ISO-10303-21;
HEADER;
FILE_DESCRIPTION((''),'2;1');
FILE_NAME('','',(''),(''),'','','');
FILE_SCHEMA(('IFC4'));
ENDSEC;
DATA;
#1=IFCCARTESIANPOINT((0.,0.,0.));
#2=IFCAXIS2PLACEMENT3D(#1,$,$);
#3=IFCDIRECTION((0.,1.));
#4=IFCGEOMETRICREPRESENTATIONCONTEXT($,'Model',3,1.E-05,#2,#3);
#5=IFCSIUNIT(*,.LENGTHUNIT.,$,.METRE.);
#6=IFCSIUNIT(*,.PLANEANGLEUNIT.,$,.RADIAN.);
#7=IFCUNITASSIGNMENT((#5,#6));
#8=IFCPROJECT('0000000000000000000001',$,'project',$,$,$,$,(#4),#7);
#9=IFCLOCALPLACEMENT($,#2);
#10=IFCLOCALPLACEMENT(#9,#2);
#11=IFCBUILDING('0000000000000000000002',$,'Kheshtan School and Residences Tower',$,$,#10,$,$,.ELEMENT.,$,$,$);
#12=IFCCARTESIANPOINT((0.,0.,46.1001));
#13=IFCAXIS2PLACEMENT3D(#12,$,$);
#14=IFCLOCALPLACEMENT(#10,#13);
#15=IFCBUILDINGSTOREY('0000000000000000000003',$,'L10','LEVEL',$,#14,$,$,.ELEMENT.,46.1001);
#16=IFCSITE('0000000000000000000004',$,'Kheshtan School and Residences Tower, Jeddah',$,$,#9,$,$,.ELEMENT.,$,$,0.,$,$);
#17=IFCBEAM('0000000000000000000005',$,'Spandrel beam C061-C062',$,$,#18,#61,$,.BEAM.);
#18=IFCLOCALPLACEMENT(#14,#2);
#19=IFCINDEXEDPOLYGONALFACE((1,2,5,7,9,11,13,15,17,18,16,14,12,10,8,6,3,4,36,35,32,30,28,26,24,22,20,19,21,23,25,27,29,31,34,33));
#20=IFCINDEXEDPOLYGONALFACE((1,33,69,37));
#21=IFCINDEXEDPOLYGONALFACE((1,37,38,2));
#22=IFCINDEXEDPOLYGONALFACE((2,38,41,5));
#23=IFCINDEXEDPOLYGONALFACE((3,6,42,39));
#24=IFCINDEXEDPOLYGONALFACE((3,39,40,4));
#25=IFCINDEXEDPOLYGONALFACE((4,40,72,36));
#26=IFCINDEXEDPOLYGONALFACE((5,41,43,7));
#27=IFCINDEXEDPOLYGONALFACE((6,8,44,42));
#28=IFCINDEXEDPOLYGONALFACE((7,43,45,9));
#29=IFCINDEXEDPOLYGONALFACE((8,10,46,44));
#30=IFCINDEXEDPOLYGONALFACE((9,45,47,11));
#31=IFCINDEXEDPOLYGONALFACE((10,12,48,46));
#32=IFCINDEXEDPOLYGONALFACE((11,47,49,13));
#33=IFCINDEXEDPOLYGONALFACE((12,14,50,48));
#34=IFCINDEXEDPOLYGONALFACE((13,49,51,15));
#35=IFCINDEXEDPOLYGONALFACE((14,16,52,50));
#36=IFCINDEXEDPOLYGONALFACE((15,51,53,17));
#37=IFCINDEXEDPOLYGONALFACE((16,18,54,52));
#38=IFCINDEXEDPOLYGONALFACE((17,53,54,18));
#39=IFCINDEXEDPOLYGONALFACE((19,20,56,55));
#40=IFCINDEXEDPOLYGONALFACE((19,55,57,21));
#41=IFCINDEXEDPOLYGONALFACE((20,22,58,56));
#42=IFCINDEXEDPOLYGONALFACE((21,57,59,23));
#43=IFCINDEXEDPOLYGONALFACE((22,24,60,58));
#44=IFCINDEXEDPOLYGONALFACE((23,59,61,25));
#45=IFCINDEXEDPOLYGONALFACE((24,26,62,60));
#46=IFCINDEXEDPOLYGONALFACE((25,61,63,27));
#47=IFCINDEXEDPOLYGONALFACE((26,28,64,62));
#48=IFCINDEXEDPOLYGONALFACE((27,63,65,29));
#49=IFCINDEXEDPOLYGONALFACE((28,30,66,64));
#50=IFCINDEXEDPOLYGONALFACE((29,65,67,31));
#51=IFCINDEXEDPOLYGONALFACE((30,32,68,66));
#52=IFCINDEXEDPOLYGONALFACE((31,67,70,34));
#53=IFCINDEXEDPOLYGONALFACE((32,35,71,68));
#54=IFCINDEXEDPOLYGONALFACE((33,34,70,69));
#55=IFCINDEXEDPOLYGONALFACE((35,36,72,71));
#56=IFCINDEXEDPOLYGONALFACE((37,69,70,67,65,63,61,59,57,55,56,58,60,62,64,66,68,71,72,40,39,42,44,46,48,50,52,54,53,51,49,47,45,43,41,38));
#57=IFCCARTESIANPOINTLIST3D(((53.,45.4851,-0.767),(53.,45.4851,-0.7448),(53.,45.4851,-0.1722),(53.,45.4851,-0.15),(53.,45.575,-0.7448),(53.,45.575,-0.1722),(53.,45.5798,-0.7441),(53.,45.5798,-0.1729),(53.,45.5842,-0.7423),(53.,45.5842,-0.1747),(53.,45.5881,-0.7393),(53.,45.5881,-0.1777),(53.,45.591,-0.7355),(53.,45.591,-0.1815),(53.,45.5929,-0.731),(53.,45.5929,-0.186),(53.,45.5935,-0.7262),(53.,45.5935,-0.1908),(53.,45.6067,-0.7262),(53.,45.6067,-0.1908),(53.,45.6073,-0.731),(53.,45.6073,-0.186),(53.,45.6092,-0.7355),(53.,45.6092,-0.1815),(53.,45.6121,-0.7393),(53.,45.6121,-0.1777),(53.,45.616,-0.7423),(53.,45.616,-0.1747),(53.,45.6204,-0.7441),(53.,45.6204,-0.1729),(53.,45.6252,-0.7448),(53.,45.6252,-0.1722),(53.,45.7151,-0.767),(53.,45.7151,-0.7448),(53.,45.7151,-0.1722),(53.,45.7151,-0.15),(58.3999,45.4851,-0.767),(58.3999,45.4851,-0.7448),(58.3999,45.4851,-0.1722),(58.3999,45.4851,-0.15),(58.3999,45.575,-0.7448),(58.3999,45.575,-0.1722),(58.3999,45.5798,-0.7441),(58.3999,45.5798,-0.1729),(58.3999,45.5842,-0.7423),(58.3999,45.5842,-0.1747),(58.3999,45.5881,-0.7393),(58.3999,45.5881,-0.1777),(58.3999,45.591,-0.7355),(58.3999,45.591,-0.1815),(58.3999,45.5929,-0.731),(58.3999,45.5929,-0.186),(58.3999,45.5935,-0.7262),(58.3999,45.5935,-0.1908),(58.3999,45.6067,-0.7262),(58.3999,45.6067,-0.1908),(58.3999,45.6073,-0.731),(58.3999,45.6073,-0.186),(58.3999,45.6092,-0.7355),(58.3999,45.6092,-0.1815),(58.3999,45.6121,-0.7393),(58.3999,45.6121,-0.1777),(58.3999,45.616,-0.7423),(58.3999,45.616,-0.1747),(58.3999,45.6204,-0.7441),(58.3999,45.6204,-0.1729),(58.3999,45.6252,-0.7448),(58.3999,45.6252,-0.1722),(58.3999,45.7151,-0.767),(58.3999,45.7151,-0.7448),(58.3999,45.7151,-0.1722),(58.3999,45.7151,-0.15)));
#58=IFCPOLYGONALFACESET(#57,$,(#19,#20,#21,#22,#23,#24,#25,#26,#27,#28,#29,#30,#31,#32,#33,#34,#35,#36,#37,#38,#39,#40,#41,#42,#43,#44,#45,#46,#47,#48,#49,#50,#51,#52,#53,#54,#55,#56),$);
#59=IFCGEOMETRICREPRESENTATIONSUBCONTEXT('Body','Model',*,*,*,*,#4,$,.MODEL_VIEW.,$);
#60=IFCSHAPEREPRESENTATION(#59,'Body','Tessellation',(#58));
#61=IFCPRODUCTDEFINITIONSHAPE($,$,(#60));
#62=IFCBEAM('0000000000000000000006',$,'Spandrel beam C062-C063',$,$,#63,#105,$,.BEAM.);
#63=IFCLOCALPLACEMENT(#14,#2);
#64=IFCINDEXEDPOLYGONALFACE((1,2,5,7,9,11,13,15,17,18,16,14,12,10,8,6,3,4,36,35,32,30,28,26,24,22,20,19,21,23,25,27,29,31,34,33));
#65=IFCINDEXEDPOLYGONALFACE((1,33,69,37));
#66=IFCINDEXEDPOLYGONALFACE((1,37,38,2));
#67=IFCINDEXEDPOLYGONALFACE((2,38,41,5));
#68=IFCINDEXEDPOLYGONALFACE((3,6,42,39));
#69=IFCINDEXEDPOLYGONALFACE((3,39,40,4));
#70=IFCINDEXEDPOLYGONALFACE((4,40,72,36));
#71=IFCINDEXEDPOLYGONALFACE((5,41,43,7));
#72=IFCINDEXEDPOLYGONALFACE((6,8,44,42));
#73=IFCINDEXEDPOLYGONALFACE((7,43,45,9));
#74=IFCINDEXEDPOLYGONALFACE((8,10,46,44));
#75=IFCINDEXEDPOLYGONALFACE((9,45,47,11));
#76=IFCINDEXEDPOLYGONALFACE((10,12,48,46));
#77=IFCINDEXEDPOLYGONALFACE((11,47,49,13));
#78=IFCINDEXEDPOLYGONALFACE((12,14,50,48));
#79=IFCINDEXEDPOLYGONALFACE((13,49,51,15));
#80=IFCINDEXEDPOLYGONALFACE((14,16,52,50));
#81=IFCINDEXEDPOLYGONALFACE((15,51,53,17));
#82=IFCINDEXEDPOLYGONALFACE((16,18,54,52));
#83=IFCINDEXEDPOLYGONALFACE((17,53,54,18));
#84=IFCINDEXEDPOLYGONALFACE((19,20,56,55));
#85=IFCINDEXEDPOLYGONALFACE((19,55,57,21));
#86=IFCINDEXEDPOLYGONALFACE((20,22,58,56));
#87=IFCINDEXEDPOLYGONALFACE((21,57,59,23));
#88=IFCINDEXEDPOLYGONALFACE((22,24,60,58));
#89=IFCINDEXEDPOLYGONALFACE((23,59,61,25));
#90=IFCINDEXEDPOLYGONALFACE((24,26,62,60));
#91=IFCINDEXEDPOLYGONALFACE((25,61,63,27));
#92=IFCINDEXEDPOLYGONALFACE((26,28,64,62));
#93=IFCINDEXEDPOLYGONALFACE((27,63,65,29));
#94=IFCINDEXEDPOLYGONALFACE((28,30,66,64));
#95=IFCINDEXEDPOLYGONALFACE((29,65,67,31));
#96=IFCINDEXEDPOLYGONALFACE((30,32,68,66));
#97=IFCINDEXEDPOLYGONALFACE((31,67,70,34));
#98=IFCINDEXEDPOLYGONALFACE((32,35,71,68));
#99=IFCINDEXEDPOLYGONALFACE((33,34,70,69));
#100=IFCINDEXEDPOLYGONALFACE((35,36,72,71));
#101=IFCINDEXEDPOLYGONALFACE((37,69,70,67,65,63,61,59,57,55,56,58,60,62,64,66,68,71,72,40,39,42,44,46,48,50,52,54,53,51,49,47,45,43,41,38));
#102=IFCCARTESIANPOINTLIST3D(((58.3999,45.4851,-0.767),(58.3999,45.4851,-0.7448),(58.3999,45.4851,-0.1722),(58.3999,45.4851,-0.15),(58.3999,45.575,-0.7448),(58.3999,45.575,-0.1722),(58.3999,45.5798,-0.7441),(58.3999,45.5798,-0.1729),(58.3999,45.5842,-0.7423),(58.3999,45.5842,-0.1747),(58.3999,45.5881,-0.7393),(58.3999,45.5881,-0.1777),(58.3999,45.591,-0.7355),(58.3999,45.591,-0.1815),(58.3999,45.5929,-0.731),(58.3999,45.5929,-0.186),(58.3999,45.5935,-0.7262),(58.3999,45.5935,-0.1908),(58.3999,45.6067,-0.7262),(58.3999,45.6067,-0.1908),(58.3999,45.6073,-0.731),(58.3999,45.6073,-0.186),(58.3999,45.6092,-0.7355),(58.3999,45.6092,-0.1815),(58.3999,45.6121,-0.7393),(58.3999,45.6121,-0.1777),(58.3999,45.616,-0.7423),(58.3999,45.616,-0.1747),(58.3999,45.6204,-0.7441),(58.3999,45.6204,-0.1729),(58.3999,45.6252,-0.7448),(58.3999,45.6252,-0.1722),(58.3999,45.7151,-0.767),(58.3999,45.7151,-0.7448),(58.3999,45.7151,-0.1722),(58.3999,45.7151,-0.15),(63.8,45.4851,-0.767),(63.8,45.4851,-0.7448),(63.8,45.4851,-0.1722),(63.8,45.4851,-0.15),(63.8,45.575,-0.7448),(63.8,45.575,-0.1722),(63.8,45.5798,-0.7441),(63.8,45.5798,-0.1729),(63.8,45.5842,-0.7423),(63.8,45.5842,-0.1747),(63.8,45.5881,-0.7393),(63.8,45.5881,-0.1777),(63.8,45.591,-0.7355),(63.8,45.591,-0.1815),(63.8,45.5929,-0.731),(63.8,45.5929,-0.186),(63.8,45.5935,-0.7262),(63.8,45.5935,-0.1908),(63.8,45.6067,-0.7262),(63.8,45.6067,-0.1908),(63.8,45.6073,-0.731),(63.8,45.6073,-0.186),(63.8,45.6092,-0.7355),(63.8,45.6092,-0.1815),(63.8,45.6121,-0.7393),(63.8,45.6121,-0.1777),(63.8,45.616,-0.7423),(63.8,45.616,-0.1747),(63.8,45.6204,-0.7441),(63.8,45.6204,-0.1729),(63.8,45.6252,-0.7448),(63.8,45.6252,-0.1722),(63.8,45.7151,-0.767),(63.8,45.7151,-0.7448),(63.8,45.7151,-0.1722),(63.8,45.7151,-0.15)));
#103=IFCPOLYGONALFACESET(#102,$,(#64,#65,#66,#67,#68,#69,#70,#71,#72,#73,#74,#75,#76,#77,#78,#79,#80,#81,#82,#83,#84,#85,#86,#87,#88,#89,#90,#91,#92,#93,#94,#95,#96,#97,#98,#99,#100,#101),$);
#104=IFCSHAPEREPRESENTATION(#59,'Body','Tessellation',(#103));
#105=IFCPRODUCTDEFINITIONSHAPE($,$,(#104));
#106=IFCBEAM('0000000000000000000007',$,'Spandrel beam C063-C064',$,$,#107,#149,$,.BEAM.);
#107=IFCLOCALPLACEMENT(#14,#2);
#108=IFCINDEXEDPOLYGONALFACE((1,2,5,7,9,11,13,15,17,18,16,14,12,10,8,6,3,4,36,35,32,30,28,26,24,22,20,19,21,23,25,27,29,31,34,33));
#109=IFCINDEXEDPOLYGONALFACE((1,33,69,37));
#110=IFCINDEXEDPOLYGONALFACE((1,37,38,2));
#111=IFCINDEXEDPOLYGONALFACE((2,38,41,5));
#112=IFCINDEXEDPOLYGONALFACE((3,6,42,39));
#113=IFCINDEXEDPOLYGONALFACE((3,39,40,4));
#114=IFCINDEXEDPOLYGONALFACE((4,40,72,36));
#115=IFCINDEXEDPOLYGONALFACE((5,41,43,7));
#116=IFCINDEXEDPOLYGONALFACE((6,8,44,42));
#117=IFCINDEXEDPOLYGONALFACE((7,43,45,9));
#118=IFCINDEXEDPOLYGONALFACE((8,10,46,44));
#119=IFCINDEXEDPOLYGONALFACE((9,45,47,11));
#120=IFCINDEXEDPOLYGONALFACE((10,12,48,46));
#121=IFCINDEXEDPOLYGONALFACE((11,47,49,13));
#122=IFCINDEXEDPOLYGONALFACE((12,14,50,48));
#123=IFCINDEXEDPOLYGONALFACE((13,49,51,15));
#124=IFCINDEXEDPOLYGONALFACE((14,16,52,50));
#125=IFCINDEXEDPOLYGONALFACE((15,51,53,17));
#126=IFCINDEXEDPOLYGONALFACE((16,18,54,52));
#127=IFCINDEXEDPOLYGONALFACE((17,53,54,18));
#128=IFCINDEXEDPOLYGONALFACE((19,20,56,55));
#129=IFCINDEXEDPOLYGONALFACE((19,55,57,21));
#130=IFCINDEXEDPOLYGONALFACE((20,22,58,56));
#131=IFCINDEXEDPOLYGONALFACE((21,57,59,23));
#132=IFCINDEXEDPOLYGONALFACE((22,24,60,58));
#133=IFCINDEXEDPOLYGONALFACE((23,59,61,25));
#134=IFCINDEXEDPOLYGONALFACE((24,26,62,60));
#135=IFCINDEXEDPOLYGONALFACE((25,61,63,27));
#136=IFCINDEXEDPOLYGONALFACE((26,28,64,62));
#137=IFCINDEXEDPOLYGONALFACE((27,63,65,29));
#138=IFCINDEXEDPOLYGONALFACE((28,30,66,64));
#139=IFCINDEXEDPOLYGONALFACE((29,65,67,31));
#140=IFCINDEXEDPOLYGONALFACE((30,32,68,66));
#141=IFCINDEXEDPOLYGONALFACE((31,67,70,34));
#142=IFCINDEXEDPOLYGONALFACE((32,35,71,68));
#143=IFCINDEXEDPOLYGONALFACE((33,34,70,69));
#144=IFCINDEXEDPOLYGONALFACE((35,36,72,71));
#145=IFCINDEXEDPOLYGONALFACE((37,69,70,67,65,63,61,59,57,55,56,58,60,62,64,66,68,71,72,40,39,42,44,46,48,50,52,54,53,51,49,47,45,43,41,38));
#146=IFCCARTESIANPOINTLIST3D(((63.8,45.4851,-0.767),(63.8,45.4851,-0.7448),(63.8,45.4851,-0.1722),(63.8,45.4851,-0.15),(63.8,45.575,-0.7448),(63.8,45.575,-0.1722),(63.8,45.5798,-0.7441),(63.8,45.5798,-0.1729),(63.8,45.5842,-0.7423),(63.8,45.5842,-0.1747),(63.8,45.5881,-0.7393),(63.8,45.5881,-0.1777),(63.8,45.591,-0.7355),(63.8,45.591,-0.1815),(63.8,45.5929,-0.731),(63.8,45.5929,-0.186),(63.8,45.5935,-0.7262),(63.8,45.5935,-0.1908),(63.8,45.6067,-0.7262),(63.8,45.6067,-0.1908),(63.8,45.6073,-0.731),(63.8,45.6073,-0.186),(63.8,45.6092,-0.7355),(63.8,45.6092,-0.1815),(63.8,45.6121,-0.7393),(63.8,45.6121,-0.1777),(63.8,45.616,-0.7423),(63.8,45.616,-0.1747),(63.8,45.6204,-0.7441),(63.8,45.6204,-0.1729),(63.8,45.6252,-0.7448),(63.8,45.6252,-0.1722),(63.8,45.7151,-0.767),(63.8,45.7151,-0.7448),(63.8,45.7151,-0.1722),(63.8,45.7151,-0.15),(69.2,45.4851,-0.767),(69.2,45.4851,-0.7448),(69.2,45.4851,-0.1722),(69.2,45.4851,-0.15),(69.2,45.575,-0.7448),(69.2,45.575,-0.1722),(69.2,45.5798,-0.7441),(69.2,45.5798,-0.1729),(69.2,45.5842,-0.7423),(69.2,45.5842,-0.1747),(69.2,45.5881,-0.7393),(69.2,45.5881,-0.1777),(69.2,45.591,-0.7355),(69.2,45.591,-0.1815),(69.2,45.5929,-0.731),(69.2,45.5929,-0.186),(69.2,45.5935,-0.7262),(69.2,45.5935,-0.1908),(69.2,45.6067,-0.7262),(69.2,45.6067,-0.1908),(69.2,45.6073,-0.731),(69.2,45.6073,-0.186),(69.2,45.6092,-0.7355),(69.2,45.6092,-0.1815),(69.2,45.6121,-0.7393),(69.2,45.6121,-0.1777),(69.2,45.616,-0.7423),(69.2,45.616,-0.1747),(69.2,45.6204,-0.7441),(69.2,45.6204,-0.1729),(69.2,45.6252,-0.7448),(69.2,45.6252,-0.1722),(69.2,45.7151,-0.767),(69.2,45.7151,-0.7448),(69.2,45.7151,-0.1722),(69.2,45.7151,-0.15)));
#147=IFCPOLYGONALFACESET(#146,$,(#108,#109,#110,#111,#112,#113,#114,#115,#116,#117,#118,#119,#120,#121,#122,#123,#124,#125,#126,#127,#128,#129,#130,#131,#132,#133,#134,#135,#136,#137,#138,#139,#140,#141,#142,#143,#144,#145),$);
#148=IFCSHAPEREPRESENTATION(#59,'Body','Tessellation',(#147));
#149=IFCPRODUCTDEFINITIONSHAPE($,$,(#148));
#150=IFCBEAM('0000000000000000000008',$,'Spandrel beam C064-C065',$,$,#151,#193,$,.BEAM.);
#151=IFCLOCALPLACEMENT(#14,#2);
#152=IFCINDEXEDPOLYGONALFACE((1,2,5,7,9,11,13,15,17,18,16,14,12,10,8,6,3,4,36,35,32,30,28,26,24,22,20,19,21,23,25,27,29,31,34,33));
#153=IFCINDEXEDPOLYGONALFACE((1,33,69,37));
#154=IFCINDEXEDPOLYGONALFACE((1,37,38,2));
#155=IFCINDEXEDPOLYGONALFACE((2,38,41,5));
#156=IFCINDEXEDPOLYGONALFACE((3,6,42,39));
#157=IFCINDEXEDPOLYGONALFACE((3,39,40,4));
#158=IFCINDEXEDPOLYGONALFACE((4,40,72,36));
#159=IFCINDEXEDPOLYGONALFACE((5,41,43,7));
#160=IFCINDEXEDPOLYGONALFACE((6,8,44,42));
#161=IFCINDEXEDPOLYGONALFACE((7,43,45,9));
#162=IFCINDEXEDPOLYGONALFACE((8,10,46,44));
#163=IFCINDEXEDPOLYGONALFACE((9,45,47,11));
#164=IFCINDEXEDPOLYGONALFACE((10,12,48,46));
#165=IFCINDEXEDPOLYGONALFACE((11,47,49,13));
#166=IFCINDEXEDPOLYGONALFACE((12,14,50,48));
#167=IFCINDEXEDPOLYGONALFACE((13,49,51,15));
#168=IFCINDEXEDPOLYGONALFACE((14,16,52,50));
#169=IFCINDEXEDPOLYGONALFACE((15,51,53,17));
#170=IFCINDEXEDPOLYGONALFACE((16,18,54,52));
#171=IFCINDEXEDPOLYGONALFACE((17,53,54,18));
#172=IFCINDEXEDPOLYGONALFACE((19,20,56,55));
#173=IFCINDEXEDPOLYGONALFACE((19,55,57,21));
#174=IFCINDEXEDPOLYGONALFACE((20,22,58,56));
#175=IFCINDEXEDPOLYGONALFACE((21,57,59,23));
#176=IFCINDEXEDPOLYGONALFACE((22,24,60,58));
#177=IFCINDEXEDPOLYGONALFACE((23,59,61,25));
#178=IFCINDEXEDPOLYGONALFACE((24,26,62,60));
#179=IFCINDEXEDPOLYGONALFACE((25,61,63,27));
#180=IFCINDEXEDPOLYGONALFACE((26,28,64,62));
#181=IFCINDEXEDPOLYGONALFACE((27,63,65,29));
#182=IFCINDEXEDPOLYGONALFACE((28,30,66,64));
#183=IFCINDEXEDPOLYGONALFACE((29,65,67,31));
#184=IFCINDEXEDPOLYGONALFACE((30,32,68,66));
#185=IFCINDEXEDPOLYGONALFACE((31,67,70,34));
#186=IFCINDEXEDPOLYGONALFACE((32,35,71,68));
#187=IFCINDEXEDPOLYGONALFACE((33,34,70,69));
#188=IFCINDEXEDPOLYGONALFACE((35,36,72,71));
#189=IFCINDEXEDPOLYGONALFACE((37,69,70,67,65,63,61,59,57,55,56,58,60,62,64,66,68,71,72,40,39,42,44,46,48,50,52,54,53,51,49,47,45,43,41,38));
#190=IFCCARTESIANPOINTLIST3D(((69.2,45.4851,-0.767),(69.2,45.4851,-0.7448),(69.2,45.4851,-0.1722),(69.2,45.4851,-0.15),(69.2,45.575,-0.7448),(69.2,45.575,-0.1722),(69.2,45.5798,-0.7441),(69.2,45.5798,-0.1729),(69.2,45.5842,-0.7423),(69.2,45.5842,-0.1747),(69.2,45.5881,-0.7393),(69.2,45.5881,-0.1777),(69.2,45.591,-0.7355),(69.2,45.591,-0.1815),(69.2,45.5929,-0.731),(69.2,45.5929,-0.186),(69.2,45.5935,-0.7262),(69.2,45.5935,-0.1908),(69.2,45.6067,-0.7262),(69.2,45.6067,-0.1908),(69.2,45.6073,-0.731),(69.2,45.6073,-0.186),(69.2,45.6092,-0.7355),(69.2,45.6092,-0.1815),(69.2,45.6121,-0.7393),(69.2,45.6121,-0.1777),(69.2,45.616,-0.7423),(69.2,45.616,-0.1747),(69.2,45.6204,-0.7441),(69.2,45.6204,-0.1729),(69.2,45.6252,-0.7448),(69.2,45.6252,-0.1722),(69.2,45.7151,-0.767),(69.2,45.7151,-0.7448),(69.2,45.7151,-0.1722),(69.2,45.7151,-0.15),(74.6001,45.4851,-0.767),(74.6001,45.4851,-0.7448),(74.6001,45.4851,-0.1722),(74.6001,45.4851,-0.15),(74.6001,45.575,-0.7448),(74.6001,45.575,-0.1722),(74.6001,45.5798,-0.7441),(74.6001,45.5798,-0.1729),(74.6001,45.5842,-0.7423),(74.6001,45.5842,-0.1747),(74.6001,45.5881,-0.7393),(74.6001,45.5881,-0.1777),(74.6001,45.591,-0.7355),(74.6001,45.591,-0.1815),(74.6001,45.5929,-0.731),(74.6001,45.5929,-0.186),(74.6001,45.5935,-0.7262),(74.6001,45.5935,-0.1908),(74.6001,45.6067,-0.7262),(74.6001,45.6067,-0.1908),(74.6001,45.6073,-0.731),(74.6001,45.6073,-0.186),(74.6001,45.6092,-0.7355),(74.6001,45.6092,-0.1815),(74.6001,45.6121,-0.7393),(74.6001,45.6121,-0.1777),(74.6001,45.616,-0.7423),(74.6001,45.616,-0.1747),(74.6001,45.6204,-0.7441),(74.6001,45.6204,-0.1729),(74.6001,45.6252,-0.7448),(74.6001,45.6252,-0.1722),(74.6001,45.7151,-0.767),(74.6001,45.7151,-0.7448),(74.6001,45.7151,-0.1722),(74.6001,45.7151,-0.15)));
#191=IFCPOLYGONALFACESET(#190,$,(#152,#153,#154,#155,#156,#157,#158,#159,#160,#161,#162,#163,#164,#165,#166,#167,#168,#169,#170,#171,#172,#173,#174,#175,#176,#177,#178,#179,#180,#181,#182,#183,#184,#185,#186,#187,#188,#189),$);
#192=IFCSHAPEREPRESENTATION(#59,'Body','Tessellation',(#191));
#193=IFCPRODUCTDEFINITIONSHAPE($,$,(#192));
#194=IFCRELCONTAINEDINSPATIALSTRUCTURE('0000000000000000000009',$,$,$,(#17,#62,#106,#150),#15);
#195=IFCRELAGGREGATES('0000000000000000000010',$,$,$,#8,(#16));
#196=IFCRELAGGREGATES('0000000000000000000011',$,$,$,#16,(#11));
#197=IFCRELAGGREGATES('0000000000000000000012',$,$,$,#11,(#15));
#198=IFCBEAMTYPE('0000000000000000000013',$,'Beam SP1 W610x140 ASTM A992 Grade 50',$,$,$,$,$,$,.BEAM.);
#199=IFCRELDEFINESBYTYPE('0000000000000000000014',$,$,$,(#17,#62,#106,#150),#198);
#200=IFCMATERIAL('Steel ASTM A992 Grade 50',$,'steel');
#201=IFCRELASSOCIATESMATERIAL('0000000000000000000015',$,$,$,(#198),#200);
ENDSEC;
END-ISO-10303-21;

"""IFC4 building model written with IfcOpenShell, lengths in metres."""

from ifc_helpers import new_model, si_unit, direction, frame, origin, origin_2d, place, context, subcontext, project, spatial, i_section, extrude, material, material_profile, profile_set, type_object, element, save


model = new_model("IFC4")

# Units and contexts
model_context = context("Model", 3, precision=1e-05, world=origin(), true_north=direction((0.0, 1.0)))
body_context = subcontext(model_context, "Body", "Model", "MODEL_VIEW")
ifc_project = project(units=[si_unit("LENGTHUNIT", "METRE"), si_unit("PLANEANGLEUNIT", "RADIAN")], contexts=[model_context])

# Site, building, storey
site_placement = place(None, origin())
site = spatial("IfcSite", under=ifc_project, at=site_placement, Name="Kheshtan School and Residences Tower, Jeddah", CompositionType="ELEMENT", RefElevation=0.0)
building_placement = place(site_placement, origin())
building = spatial("IfcBuilding", under=site, at=building_placement, Name="Kheshtan School and Residences Tower", CompositionType="ELEMENT")
storey_placement = place(building_placement, frame((0.0, 0.0, 46.1001)))
storey = spatial("IfcBuildingStorey", under=building, at=storey_placement, Name="L10", Description="LEVEL", CompositionType="ELEMENT", Elevation=46.1001)

# Shared definitions
ifc_material_1 = material(Name="Steel ASTM A992 Grade 50", Category="steel")

# Beams
ifc_material_profile_1 = material_profile(ifc_material_1, i_section(OverallWidth=0.23, OverallDepth=0.6169, WebThickness=0.0132, FlangeThickness=0.0222, FilletRadius=0.0186, at=origin_2d()), Name="W610x140")
ifc_profile_set_1 = profile_set([ifc_material_profile_1], Name="Steel ASTM A992 Grade 50")
beam_type_1 = type_object("IfcBeamType", Name="Beam SP1 W610x140 ASTM A992 Grade 50", PredefinedType="BEAM", material=ifc_profile_set_1)
for number, where, z_axis, x_axis, name in (
    (1, (53.0, 45.6001, -0.4585), (1.0, 0.0, 0.0), (0.0, 1.0, 0.0), "Spandrel beam C061-C062"),
):
    element("IfcBeam", number, at=place(storey_placement, frame(where, z_axis=z_axis, x_axis=x_axis)), inside=storey, type_object=beam_type_1, Name=name, PredefinedType="BEAM", context=body_context, shape_type="SweptSolid", body=[
        extrude(i_section(OverallWidth=0.23, OverallDepth=0.6169, WebThickness=0.0132, FlangeThickness=0.0222, FilletRadius=0.0186, at=origin_2d()), origin(), (0.0, 0.0, 1.0), 5.3999),
    ])
beam_1_placement = place(storey_placement, frame((58.3999, 45.6001, -0.4585), z_axis=(1.0, 0.0, 0.0), x_axis=(0.0, 1.0, 0.0)))
element("IfcBeam", 2, at=beam_1_placement, inside=storey, type_object=beam_type_1, Name="Spandrel beam C062-C063", PredefinedType="BEAM", context=body_context, shape_type="SweptSolid", body=[
    extrude(i_section(OverallWidth=0.23, OverallDepth=0.6169, WebThickness=0.0132, FlangeThickness=0.0222, FilletRadius=0.0186, at=origin_2d()), origin(), (0.0, 0.0, 1.0), 5.4001),
])
beam_2_placement = place(storey_placement, frame((63.8, 45.6001, -0.4585), z_axis=(1.0, 0.0, 0.0), x_axis=(0.0, 1.0, 0.0)))
element("IfcBeam", 3, at=beam_2_placement, inside=storey, type_object=beam_type_1, Name="Spandrel beam C063-C064", PredefinedType="BEAM", context=body_context, shape_type="SweptSolid", body=[
    extrude(i_section(OverallWidth=0.23, OverallDepth=0.6169, WebThickness=0.0132, FlangeThickness=0.0222, FilletRadius=0.0186, at=origin_2d()), origin(), (0.0, 0.0, 1.0), 5.3999),
])
beam_3_placement = place(storey_placement, frame((69.2, 45.6001, -0.4585), z_axis=(1.0, 0.0, 0.0), x_axis=(0.0, 1.0, 0.0)))
element("IfcBeam", 4, at=beam_3_placement, inside=storey, type_object=beam_type_1, Name="Spandrel beam C064-C065", PredefinedType="BEAM", context=body_context, shape_type="SweptSolid", body=[
    extrude(i_section(OverallWidth=0.23, OverallDepth=0.6169, WebThickness=0.0132, FlangeThickness=0.0222, FilletRadius=0.0186, at=origin_2d()), origin(), (0.0, 0.0, 1.0), 5.4001),
])

save(model, "model.ifc")
